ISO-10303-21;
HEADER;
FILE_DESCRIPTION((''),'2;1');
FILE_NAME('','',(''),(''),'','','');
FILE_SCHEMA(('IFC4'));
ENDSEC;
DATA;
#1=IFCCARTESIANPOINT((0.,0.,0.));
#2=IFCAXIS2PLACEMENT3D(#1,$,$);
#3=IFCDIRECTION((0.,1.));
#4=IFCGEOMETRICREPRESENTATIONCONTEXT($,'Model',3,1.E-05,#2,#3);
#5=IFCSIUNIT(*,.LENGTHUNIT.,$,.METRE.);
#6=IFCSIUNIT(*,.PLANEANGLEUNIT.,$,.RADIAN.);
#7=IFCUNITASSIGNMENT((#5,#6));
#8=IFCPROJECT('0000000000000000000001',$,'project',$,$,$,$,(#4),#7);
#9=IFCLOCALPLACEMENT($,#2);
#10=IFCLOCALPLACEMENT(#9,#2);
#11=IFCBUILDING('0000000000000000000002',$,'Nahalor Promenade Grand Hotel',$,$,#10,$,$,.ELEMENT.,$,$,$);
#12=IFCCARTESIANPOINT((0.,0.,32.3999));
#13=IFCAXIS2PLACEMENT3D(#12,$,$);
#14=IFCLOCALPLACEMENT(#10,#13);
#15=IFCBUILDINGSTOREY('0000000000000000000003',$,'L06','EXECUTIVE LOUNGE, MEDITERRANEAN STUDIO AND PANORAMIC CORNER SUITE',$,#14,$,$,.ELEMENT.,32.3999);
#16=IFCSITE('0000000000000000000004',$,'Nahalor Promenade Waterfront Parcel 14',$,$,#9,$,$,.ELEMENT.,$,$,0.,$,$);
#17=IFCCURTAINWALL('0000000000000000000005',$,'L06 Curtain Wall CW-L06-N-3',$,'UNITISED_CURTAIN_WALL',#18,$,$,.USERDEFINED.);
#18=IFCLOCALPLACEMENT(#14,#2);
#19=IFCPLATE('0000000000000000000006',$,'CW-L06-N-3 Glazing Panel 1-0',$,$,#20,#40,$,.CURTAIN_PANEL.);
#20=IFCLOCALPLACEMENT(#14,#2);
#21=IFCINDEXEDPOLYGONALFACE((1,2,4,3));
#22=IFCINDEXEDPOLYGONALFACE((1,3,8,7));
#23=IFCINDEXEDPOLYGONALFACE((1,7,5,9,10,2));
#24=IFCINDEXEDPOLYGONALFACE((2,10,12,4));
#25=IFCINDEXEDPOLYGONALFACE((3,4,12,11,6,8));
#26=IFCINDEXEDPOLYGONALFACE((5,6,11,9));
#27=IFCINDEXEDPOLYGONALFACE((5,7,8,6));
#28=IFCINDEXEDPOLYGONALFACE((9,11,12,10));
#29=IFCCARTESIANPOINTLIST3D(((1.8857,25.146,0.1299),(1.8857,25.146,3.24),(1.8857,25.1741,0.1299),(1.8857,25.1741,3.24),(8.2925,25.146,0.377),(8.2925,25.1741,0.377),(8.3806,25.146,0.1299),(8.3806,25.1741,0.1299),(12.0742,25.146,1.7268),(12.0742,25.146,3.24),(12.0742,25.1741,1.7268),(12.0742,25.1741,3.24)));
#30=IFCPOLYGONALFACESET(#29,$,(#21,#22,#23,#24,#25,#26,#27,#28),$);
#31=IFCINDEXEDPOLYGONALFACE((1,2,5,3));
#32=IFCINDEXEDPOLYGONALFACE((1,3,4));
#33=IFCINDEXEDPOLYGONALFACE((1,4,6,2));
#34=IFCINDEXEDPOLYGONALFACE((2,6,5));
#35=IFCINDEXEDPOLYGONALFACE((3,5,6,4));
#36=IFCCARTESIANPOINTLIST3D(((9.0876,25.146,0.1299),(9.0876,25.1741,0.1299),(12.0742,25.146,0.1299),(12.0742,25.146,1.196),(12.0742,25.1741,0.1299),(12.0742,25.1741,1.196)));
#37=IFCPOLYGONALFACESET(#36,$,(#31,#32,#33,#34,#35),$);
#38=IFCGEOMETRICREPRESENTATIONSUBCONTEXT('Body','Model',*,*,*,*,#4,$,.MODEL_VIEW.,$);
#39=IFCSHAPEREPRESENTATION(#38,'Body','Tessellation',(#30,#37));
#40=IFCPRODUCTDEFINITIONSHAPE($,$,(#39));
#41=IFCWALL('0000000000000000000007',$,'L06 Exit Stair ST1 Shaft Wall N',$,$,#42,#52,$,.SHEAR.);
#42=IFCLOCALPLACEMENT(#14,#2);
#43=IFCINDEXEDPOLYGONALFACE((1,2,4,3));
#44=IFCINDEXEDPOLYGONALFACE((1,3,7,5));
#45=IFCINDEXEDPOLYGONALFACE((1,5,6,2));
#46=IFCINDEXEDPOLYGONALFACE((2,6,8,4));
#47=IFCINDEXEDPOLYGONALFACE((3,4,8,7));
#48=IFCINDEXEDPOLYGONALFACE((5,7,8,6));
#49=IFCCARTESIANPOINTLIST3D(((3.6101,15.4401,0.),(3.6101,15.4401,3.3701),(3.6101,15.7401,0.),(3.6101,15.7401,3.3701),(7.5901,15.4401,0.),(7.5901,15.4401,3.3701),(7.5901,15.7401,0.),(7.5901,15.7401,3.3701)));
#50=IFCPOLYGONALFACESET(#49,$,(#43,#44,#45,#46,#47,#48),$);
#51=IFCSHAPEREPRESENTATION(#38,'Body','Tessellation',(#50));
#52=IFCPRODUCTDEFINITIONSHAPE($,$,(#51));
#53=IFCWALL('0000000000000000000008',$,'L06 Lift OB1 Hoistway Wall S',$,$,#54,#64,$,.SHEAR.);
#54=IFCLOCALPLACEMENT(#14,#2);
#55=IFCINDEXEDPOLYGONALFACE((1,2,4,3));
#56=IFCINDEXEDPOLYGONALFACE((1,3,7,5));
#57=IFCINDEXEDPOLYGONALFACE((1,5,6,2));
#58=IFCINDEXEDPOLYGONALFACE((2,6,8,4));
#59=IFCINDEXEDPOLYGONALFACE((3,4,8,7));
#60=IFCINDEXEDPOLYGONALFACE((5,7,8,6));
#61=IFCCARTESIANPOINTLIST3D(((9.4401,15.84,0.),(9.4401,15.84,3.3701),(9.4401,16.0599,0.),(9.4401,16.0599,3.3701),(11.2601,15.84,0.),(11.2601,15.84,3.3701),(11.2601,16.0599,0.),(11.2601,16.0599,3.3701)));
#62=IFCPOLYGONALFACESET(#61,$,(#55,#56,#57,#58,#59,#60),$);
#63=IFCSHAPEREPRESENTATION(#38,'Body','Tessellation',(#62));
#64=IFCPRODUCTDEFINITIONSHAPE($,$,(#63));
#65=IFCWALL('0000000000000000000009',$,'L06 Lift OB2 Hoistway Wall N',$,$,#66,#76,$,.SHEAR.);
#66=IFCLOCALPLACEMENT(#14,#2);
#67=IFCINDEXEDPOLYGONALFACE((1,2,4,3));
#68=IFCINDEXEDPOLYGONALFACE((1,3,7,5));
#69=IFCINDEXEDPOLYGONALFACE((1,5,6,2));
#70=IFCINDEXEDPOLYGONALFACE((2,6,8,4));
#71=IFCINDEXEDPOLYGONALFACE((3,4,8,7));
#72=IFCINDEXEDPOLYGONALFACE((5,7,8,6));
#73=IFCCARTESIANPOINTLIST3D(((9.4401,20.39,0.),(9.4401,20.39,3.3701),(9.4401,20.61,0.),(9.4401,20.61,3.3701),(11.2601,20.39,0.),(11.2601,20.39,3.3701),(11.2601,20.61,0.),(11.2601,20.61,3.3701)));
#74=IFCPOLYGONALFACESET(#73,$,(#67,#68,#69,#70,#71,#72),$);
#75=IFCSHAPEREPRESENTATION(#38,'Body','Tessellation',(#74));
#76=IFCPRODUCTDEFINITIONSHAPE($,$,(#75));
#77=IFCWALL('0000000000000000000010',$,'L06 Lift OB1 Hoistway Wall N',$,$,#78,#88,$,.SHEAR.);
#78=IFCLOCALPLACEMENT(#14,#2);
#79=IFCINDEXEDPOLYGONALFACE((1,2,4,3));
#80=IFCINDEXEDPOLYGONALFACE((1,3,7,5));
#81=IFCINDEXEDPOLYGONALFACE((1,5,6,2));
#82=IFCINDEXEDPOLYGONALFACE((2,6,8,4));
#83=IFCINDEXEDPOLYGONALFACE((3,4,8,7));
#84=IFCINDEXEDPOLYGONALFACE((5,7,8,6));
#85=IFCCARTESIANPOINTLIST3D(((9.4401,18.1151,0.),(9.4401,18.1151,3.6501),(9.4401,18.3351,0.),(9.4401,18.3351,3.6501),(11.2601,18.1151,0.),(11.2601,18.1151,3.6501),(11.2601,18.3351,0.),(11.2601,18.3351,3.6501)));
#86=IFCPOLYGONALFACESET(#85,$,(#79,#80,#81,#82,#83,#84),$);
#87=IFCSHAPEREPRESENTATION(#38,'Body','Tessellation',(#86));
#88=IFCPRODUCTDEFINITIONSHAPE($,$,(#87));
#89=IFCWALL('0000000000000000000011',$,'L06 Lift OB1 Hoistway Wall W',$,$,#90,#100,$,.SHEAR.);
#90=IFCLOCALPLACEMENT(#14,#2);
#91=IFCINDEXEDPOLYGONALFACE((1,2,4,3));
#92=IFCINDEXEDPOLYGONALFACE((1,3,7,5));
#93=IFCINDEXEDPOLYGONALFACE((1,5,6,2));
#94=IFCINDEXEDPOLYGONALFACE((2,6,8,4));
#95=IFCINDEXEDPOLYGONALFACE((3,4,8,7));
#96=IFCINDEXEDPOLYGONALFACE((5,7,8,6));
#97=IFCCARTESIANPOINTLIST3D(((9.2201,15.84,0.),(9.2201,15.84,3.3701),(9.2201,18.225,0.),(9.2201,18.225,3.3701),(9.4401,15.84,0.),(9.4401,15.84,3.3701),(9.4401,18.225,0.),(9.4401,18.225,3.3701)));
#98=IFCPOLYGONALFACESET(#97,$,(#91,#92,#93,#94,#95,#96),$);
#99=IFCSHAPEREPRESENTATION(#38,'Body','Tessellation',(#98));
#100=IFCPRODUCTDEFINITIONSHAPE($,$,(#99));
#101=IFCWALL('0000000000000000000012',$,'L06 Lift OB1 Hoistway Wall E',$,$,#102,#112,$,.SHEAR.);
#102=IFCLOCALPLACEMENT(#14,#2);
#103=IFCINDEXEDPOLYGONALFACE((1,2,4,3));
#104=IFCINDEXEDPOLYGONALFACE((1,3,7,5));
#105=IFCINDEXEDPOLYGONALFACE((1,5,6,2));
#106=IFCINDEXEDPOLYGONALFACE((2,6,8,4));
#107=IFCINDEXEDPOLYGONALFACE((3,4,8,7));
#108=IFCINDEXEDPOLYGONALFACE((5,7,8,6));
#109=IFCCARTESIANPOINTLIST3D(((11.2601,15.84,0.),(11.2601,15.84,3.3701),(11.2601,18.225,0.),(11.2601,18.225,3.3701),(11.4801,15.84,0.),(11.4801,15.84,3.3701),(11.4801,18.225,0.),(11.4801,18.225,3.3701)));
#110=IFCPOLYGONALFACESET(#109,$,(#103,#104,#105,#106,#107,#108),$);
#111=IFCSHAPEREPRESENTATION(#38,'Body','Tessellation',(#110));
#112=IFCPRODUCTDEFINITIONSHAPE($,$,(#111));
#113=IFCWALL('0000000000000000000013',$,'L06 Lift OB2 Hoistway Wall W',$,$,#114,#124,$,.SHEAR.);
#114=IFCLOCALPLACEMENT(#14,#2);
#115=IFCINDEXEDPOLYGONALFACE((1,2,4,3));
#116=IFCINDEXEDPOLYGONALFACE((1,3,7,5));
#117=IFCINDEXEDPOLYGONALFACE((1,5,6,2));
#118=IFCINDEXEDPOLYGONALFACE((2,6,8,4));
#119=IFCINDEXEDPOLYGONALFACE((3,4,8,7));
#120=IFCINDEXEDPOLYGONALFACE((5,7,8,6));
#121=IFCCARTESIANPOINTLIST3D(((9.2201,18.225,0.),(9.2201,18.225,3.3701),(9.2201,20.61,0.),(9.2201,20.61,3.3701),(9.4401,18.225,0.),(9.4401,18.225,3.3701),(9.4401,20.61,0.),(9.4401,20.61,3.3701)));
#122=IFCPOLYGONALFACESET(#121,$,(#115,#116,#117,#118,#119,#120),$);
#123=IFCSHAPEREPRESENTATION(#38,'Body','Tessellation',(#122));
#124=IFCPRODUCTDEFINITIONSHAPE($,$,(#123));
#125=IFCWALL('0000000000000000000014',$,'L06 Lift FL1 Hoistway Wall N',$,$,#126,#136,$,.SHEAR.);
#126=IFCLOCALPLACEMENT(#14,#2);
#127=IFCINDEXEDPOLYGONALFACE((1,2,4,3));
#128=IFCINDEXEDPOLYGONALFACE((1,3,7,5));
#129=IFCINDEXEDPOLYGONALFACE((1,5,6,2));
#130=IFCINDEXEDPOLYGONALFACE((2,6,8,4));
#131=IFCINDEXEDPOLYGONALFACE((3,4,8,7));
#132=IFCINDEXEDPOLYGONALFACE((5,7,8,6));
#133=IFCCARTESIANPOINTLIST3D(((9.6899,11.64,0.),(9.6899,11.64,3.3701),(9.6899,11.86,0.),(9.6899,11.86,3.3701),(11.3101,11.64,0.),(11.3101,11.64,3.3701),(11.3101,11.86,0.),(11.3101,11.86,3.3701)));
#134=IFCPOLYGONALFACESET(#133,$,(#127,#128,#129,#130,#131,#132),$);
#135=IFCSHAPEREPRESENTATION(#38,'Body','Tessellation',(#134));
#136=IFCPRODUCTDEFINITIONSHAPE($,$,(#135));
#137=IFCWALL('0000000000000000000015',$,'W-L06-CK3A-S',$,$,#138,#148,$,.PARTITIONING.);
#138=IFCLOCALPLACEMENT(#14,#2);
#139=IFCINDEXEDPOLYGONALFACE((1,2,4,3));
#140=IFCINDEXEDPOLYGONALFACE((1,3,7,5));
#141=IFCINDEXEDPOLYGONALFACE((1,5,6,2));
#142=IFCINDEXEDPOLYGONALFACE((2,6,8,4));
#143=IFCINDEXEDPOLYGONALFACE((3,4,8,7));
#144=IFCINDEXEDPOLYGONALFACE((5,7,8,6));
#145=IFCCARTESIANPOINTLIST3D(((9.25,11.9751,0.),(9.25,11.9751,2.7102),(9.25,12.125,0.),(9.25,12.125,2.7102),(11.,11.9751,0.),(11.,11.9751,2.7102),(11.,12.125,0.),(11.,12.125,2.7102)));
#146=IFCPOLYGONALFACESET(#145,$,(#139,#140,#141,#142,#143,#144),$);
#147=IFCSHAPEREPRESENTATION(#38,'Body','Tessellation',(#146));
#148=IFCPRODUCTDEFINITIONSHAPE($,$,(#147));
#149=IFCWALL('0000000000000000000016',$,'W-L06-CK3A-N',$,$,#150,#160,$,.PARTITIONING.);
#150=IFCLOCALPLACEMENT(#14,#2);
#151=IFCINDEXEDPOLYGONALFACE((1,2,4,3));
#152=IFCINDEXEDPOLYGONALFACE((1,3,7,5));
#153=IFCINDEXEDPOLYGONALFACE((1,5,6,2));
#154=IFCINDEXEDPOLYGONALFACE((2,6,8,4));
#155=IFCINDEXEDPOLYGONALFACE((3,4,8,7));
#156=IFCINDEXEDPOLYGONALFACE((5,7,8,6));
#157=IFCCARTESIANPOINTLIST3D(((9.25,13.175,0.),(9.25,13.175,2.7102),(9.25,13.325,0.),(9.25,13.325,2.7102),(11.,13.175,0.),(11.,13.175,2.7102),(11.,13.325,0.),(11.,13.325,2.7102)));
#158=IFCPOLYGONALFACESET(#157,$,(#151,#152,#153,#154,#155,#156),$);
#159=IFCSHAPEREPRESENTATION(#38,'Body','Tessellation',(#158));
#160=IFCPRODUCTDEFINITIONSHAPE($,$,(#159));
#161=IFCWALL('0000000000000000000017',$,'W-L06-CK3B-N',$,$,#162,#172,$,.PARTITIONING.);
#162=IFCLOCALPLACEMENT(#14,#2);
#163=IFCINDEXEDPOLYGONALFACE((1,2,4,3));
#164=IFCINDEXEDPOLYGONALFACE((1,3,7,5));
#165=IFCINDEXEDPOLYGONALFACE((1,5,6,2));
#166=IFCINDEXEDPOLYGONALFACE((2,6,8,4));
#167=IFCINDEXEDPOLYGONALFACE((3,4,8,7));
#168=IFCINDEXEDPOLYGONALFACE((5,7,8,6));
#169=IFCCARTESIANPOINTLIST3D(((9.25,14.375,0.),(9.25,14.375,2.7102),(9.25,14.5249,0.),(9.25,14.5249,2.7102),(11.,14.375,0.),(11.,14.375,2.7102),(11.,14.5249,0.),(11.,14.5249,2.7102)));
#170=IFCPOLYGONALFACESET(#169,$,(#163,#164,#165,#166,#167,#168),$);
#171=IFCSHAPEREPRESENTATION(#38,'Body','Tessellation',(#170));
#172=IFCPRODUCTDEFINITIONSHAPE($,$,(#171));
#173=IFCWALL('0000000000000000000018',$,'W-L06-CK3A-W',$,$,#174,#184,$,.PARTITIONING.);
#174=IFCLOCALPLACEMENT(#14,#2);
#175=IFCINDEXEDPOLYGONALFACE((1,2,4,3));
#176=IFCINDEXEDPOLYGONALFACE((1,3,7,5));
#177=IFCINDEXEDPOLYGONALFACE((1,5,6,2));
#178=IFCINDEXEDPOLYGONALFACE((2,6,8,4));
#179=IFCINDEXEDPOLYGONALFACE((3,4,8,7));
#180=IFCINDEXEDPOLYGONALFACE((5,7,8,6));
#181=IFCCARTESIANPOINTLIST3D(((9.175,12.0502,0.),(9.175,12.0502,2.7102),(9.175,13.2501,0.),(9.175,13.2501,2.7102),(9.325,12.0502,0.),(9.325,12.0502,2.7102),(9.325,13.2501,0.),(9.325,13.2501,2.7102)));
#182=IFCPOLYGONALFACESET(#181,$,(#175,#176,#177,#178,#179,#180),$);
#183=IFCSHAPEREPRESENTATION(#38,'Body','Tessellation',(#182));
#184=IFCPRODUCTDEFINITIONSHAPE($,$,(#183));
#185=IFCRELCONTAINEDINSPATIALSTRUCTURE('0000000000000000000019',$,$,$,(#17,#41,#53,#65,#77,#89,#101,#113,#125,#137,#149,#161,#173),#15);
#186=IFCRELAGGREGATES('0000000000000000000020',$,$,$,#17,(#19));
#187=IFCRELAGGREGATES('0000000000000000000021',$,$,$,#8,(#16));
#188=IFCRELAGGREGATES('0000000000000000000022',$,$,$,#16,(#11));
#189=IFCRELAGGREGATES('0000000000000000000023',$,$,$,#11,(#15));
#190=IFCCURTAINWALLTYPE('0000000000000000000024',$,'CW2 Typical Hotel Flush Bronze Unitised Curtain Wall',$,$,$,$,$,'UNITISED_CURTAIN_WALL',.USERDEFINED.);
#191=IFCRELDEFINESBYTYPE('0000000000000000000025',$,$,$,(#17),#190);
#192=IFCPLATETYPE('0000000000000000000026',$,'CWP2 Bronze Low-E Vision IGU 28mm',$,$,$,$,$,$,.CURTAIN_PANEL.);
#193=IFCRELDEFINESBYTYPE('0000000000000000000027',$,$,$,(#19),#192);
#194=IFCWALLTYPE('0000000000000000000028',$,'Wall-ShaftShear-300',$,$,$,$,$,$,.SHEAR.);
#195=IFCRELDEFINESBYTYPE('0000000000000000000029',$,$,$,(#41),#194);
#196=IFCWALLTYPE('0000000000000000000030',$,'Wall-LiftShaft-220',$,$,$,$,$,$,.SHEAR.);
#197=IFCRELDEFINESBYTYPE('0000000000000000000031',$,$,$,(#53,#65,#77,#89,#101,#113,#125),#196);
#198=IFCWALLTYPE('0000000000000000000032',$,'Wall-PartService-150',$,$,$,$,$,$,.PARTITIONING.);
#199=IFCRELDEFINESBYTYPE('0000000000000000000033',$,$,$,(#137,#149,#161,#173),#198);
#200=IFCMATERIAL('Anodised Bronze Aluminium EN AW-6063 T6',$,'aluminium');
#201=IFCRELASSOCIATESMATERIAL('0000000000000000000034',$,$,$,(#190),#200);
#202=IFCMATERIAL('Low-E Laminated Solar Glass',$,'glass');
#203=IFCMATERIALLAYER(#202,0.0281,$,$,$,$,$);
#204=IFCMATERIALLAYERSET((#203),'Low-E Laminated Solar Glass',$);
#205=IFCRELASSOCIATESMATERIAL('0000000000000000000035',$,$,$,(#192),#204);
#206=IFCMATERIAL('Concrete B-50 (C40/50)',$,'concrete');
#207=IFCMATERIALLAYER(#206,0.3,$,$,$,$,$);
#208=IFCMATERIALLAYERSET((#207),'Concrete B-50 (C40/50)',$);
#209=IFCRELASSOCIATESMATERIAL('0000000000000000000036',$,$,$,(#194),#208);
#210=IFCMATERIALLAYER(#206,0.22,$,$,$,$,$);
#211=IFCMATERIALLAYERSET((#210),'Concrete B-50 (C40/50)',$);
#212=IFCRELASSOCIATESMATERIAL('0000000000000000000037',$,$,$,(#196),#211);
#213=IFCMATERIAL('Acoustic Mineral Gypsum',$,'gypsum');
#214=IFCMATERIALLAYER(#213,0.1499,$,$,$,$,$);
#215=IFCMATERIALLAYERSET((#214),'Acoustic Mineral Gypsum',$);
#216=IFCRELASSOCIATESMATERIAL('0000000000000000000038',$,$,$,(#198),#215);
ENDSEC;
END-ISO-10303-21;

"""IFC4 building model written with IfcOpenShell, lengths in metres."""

from ifc_helpers import new_model, si_unit, direction, frame, frame_2d, origin, place, context, subcontext, project, spatial, polyline, rectangle, outline, extrude, source, transform, mapped, material, layer, layer_set, type_object, element, aggregate, save


model = new_model("IFC4")

# Units and contexts
model_context = context("Model", 3, precision=1e-05, world=origin(), true_north=direction((0.0, 1.0)))
body_context = subcontext(model_context, "Body", "Model", "MODEL_VIEW")
ifc_project = project(units=[si_unit("LENGTHUNIT", "METRE"), si_unit("PLANEANGLEUNIT", "RADIAN")], contexts=[model_context])

# Site, building, storey
site_placement = place(None, origin())
site = spatial("IfcSite", under=ifc_project, at=site_placement, Name="Nahalor Promenade Waterfront Parcel 14", CompositionType="ELEMENT", RefElevation=0.0)
building_placement = place(site_placement, origin())
building = spatial("IfcBuilding", under=site, at=building_placement, Name="Nahalor Promenade Grand Hotel", CompositionType="ELEMENT")
storey_placement = place(building_placement, frame((0.0, 0.0, 32.3999)))
storey = spatial("IfcBuildingStorey", under=building, at=storey_placement, Name="L06", Description="EXECUTIVE LOUNGE, MEDITERRANEAN STUDIO AND PANORAMIC CORNER SUITE", CompositionType="ELEMENT", Elevation=32.3999)

# Curtain wall, plate
ifc_material_1 = material(Name="Anodised Bronze Aluminium EN AW-6063 T6", Category="aluminium")
curtain_wall_type = type_object("IfcCurtainWallType", Name="CW2 Typical Hotel Flush Bronze Unitised Curtain Wall", ElementType="UNITISED_CURTAIN_WALL", PredefinedType="USERDEFINED", material=ifc_material_1)
curtain_wall_placement = place(storey_placement, origin())
curtain_wall = element("IfcCurtainWall", 1, at=curtain_wall_placement, inside=storey, type_object=curtain_wall_type, Name="L06 Curtain Wall CW-L06-N-3", ObjectType="UNITISED_CURTAIN_WALL", PredefinedType="USERDEFINED")
ifc_material_2 = material(Name="Low-E Laminated Solar Glass", Category="glass")
ifc_layer_1 = layer(ifc_material_2, 0.0281)
ifc_layer_set_1 = layer_set([ifc_layer_1], Name="Low-E Laminated Solar Glass")
plate_type = type_object("IfcPlateType", Name="CWP2 Bronze Low-E Vision IGU 28mm", PredefinedType="CURTAIN_PANEL", material=ifc_layer_set_1)
plate_placement = place(storey_placement, frame((6.98, 25.1599, 0.1299), z_axis=(0.0, 0.0, 1.0), x_axis=(1.0, 0.0, 0.0)))
plate = element("IfcPlate", 2, at=plate_placement, type_object=plate_type, Name="CW-L06-N-3 Glazing Panel 1-0", PredefinedType="CURTAIN_PANEL", context=body_context, shape_type="SweptSolid", body=[
    extrude(outline(polyline([(-5.0942, 3.1101), (-5.0942, 0.0), (1.4006, 0.0), (1.3125, 0.2471), (5.0942, 1.5969), (5.0942, 3.1101), (-5.0942, 3.1101)])), frame((0.0, 0.0142, 0.0), z_axis=(0.0, -1.0, 0.0), x_axis=(1.0, 0.0, 0.0)), (0.0, 0.0, 1.0), 0.0281),
    extrude(outline(polyline([(2.1077, 0.0), (5.0942, 0.0), (5.0942, 1.0662), (2.1077, 0.0)])), frame((0.0, 0.0142, 0.0), z_axis=(0.0, -1.0, 0.0), x_axis=(1.0, 0.0, 0.0)), (0.0, 0.0, 1.0), 0.0281),
])
aggregate(curtain_wall, [plate])

# Walls
ifc_material_3 = material(Name="Concrete B-50 (C40/50)", Category="concrete")
ifc_layer_2 = layer(ifc_material_3, 0.3)
ifc_layer_set_2 = layer_set([ifc_layer_2], Name="Concrete B-50 (C40/50)")
wall_type_1 = type_object("IfcWallType", Name="Wall-ShaftShear-300", PredefinedType="SHEAR", material=ifc_layer_set_2)
shared_shape_1 = source(origin(), body_context, "Body", "SweptSolid", [
    extrude(rectangle(XDim=3.98, YDim=0.3, at=frame_2d((1.99, 0.0))), origin(), (0.0, 0.0, 1.0), 3.3701),
])
wall_1_placement = place(storey_placement, frame((3.6101, 15.5901, 0.0), z_axis=(0.0, 0.0, 1.0), x_axis=(1.0, 0.0, 0.0)))
element("IfcWall", 3, at=wall_1_placement, inside=storey, type_object=wall_type_1, Name="L06 Exit Stair ST1 Shaft Wall N", PredefinedType="SHEAR", context=body_context, shape_type="MappedRepresentation", body=[
    mapped(shared_shape_1, transform((0.0, 0.0, 0.0), scale=1.0)),
])
ifc_layer_3 = layer(ifc_material_3, 0.22)
ifc_layer_set_3 = layer_set([ifc_layer_3], Name="Concrete B-50 (C40/50)")
wall_type_2 = type_object("IfcWallType", Name="Wall-LiftShaft-220", PredefinedType="SHEAR", material=ifc_layer_set_3)
shared_shape_2 = source(origin(), body_context, "Body", "SweptSolid", [
    extrude(rectangle(XDim=1.8201, YDim=0.22, at=frame_2d((0.9102, 0.0))), origin(), (0.0, 0.0, 1.0), 3.3701),
])
for number, where, z_axis, x_axis, name in (
    (4, (9.4399, 15.95, 0.0), (0.0, 0.0, 1.0), (1.0, 0.0, 0.0), "L06 Lift OB1 Hoistway Wall S"),
    (5, (9.4399, 20.5, 0.0), (0.0, 0.0, 1.0), (1.0, 0.0, 0.0), "L06 Lift OB2 Hoistway Wall N"),
):
    element("IfcWall", number, at=place(storey_placement, frame(where, z_axis=z_axis, x_axis=x_axis)), inside=storey, type_object=wall_type_2, Name=name, PredefinedType="SHEAR", context=body_context, shape_type="MappedRepresentation", body=[
        mapped(shared_shape_2, transform((0.0, 0.0, 0.0), scale=1.0)),
    ])
shared_shape_3 = source(origin(), body_context, "Body", "SweptSolid", [
    extrude(rectangle(XDim=1.8201, YDim=0.22, at=frame_2d((0.9102, 0.0))), origin(), (0.0, 0.0, 1.0), 3.6501),
])
wall_2_placement = place(storey_placement, frame((9.4399, 18.2251, 0.0), z_axis=(0.0, 0.0, 1.0), x_axis=(1.0, 0.0, 0.0)))
element("IfcWall", 6, at=wall_2_placement, inside=storey, type_object=wall_type_2, Name="L06 Lift OB1 Hoistway Wall N", PredefinedType="SHEAR", context=body_context, shape_type="MappedRepresentation", body=[
    mapped(shared_shape_3, transform((0.0, 0.0, 0.0), scale=1.0)),
])
shared_shape_4 = source(origin(), body_context, "Body", "SweptSolid", [
    extrude(rectangle(XDim=2.385, YDim=0.22, at=frame_2d((1.1924, 0.0))), origin(), (0.0, 0.0, 1.0), 3.3701),
])
for number, where, z_axis, x_axis, name in (
    (7, (9.3301, 15.8401, 0.0), (0.0, 0.0, 1.0), (0.0, 1.0, 0.0), "L06 Lift OB1 Hoistway Wall W"),
    (8, (11.3701, 15.8401, 0.0), (0.0, 0.0, 1.0), (0.0, 1.0, 0.0), "L06 Lift OB1 Hoistway Wall E"),
    (9, (9.3301, 18.2251, 0.0), (0.0, 0.0, 1.0), (0.0, 1.0, 0.0), "L06 Lift OB2 Hoistway Wall W"),
):
    element("IfcWall", number, at=place(storey_placement, frame(where, z_axis=z_axis, x_axis=x_axis)), inside=storey, type_object=wall_type_2, Name=name, PredefinedType="SHEAR", context=body_context, shape_type="MappedRepresentation", body=[
        mapped(shared_shape_4, transform((0.0, 0.0, 0.0), scale=1.0)),
    ])
shared_shape_5 = source(origin(), body_context, "Body", "SweptSolid", [
    extrude(rectangle(XDim=1.6201, YDim=0.22, at=frame_2d((0.8101, 0.0))), origin(), (0.0, 0.0, 1.0), 3.3701),
])
wall_3_placement = place(storey_placement, frame((9.6899, 11.75, 0.0), z_axis=(0.0, 0.0, 1.0), x_axis=(1.0, 0.0, 0.0)))
element("IfcWall", 10, at=wall_3_placement, inside=storey, type_object=wall_type_2, Name="L06 Lift FL1 Hoistway Wall N", PredefinedType="SHEAR", context=body_context, shape_type="MappedRepresentation", body=[
    mapped(shared_shape_5, transform((0.0, 0.0, 0.0), scale=1.0)),
])
ifc_material_4 = material(Name="Acoustic Mineral Gypsum", Category="gypsum")
ifc_layer_4 = layer(ifc_material_4, 0.1499)
ifc_layer_set_4 = layer_set([ifc_layer_4], Name="Acoustic Mineral Gypsum")
wall_type_3 = type_object("IfcWallType", Name="Wall-PartService-150", PredefinedType="PARTITIONING", material=ifc_layer_set_4)
shared_shape_6 = source(origin(), body_context, "Body", "SweptSolid", [
    extrude(rectangle(XDim=1.75, YDim=0.1499, at=frame_2d((0.875, 0.0))), origin(), (0.0, 0.0, 1.0), 2.7102),
])
for number, where, z_axis, x_axis, name in (
    (11, (9.25, 12.05, 0.0), (0.0, 0.0, 1.0), (1.0, 0.0, 0.0), "W-L06-CK3A-S"),
    (12, (9.25, 13.25, 0.0), (0.0, 0.0, 1.0), (1.0, 0.0, 0.0), "W-L06-CK3A-N"),
    (13, (9.25, 14.45, 0.0), (0.0, 0.0, 1.0), (1.0, 0.0, 0.0), "W-L06-CK3B-N"),
):
    element("IfcWall", number, at=place(storey_placement, frame(where, z_axis=z_axis, x_axis=x_axis)), inside=storey, type_object=wall_type_3, Name=name, PredefinedType="PARTITIONING", context=body_context, shape_type="MappedRepresentation", body=[
        mapped(shared_shape_6, transform((0.0, 0.0, 0.0), scale=1.0)),
    ])
shared_shape_7 = source(origin(), body_context, "Body", "SweptSolid", [
    extrude(rectangle(XDim=1.2, YDim=0.1499, at=frame_2d((0.6001, 0.0))), origin(), (0.0, 0.0, 1.0), 2.7102),
])
wall_4_placement = place(storey_placement, frame((9.25, 12.05, 0.0), z_axis=(0.0, 0.0, 1.0), x_axis=(0.0, 1.0, 0.0)))
element("IfcWall", 14, at=wall_4_placement, inside=storey, type_object=wall_type_3, Name="W-L06-CK3A-W", PredefinedType="PARTITIONING", context=body_context, shape_type="MappedRepresentation", body=[
    mapped(shared_shape_7, transform((0.0, 0.0, 0.0), scale=1.0)),
])

save(model, "model.ifc")
